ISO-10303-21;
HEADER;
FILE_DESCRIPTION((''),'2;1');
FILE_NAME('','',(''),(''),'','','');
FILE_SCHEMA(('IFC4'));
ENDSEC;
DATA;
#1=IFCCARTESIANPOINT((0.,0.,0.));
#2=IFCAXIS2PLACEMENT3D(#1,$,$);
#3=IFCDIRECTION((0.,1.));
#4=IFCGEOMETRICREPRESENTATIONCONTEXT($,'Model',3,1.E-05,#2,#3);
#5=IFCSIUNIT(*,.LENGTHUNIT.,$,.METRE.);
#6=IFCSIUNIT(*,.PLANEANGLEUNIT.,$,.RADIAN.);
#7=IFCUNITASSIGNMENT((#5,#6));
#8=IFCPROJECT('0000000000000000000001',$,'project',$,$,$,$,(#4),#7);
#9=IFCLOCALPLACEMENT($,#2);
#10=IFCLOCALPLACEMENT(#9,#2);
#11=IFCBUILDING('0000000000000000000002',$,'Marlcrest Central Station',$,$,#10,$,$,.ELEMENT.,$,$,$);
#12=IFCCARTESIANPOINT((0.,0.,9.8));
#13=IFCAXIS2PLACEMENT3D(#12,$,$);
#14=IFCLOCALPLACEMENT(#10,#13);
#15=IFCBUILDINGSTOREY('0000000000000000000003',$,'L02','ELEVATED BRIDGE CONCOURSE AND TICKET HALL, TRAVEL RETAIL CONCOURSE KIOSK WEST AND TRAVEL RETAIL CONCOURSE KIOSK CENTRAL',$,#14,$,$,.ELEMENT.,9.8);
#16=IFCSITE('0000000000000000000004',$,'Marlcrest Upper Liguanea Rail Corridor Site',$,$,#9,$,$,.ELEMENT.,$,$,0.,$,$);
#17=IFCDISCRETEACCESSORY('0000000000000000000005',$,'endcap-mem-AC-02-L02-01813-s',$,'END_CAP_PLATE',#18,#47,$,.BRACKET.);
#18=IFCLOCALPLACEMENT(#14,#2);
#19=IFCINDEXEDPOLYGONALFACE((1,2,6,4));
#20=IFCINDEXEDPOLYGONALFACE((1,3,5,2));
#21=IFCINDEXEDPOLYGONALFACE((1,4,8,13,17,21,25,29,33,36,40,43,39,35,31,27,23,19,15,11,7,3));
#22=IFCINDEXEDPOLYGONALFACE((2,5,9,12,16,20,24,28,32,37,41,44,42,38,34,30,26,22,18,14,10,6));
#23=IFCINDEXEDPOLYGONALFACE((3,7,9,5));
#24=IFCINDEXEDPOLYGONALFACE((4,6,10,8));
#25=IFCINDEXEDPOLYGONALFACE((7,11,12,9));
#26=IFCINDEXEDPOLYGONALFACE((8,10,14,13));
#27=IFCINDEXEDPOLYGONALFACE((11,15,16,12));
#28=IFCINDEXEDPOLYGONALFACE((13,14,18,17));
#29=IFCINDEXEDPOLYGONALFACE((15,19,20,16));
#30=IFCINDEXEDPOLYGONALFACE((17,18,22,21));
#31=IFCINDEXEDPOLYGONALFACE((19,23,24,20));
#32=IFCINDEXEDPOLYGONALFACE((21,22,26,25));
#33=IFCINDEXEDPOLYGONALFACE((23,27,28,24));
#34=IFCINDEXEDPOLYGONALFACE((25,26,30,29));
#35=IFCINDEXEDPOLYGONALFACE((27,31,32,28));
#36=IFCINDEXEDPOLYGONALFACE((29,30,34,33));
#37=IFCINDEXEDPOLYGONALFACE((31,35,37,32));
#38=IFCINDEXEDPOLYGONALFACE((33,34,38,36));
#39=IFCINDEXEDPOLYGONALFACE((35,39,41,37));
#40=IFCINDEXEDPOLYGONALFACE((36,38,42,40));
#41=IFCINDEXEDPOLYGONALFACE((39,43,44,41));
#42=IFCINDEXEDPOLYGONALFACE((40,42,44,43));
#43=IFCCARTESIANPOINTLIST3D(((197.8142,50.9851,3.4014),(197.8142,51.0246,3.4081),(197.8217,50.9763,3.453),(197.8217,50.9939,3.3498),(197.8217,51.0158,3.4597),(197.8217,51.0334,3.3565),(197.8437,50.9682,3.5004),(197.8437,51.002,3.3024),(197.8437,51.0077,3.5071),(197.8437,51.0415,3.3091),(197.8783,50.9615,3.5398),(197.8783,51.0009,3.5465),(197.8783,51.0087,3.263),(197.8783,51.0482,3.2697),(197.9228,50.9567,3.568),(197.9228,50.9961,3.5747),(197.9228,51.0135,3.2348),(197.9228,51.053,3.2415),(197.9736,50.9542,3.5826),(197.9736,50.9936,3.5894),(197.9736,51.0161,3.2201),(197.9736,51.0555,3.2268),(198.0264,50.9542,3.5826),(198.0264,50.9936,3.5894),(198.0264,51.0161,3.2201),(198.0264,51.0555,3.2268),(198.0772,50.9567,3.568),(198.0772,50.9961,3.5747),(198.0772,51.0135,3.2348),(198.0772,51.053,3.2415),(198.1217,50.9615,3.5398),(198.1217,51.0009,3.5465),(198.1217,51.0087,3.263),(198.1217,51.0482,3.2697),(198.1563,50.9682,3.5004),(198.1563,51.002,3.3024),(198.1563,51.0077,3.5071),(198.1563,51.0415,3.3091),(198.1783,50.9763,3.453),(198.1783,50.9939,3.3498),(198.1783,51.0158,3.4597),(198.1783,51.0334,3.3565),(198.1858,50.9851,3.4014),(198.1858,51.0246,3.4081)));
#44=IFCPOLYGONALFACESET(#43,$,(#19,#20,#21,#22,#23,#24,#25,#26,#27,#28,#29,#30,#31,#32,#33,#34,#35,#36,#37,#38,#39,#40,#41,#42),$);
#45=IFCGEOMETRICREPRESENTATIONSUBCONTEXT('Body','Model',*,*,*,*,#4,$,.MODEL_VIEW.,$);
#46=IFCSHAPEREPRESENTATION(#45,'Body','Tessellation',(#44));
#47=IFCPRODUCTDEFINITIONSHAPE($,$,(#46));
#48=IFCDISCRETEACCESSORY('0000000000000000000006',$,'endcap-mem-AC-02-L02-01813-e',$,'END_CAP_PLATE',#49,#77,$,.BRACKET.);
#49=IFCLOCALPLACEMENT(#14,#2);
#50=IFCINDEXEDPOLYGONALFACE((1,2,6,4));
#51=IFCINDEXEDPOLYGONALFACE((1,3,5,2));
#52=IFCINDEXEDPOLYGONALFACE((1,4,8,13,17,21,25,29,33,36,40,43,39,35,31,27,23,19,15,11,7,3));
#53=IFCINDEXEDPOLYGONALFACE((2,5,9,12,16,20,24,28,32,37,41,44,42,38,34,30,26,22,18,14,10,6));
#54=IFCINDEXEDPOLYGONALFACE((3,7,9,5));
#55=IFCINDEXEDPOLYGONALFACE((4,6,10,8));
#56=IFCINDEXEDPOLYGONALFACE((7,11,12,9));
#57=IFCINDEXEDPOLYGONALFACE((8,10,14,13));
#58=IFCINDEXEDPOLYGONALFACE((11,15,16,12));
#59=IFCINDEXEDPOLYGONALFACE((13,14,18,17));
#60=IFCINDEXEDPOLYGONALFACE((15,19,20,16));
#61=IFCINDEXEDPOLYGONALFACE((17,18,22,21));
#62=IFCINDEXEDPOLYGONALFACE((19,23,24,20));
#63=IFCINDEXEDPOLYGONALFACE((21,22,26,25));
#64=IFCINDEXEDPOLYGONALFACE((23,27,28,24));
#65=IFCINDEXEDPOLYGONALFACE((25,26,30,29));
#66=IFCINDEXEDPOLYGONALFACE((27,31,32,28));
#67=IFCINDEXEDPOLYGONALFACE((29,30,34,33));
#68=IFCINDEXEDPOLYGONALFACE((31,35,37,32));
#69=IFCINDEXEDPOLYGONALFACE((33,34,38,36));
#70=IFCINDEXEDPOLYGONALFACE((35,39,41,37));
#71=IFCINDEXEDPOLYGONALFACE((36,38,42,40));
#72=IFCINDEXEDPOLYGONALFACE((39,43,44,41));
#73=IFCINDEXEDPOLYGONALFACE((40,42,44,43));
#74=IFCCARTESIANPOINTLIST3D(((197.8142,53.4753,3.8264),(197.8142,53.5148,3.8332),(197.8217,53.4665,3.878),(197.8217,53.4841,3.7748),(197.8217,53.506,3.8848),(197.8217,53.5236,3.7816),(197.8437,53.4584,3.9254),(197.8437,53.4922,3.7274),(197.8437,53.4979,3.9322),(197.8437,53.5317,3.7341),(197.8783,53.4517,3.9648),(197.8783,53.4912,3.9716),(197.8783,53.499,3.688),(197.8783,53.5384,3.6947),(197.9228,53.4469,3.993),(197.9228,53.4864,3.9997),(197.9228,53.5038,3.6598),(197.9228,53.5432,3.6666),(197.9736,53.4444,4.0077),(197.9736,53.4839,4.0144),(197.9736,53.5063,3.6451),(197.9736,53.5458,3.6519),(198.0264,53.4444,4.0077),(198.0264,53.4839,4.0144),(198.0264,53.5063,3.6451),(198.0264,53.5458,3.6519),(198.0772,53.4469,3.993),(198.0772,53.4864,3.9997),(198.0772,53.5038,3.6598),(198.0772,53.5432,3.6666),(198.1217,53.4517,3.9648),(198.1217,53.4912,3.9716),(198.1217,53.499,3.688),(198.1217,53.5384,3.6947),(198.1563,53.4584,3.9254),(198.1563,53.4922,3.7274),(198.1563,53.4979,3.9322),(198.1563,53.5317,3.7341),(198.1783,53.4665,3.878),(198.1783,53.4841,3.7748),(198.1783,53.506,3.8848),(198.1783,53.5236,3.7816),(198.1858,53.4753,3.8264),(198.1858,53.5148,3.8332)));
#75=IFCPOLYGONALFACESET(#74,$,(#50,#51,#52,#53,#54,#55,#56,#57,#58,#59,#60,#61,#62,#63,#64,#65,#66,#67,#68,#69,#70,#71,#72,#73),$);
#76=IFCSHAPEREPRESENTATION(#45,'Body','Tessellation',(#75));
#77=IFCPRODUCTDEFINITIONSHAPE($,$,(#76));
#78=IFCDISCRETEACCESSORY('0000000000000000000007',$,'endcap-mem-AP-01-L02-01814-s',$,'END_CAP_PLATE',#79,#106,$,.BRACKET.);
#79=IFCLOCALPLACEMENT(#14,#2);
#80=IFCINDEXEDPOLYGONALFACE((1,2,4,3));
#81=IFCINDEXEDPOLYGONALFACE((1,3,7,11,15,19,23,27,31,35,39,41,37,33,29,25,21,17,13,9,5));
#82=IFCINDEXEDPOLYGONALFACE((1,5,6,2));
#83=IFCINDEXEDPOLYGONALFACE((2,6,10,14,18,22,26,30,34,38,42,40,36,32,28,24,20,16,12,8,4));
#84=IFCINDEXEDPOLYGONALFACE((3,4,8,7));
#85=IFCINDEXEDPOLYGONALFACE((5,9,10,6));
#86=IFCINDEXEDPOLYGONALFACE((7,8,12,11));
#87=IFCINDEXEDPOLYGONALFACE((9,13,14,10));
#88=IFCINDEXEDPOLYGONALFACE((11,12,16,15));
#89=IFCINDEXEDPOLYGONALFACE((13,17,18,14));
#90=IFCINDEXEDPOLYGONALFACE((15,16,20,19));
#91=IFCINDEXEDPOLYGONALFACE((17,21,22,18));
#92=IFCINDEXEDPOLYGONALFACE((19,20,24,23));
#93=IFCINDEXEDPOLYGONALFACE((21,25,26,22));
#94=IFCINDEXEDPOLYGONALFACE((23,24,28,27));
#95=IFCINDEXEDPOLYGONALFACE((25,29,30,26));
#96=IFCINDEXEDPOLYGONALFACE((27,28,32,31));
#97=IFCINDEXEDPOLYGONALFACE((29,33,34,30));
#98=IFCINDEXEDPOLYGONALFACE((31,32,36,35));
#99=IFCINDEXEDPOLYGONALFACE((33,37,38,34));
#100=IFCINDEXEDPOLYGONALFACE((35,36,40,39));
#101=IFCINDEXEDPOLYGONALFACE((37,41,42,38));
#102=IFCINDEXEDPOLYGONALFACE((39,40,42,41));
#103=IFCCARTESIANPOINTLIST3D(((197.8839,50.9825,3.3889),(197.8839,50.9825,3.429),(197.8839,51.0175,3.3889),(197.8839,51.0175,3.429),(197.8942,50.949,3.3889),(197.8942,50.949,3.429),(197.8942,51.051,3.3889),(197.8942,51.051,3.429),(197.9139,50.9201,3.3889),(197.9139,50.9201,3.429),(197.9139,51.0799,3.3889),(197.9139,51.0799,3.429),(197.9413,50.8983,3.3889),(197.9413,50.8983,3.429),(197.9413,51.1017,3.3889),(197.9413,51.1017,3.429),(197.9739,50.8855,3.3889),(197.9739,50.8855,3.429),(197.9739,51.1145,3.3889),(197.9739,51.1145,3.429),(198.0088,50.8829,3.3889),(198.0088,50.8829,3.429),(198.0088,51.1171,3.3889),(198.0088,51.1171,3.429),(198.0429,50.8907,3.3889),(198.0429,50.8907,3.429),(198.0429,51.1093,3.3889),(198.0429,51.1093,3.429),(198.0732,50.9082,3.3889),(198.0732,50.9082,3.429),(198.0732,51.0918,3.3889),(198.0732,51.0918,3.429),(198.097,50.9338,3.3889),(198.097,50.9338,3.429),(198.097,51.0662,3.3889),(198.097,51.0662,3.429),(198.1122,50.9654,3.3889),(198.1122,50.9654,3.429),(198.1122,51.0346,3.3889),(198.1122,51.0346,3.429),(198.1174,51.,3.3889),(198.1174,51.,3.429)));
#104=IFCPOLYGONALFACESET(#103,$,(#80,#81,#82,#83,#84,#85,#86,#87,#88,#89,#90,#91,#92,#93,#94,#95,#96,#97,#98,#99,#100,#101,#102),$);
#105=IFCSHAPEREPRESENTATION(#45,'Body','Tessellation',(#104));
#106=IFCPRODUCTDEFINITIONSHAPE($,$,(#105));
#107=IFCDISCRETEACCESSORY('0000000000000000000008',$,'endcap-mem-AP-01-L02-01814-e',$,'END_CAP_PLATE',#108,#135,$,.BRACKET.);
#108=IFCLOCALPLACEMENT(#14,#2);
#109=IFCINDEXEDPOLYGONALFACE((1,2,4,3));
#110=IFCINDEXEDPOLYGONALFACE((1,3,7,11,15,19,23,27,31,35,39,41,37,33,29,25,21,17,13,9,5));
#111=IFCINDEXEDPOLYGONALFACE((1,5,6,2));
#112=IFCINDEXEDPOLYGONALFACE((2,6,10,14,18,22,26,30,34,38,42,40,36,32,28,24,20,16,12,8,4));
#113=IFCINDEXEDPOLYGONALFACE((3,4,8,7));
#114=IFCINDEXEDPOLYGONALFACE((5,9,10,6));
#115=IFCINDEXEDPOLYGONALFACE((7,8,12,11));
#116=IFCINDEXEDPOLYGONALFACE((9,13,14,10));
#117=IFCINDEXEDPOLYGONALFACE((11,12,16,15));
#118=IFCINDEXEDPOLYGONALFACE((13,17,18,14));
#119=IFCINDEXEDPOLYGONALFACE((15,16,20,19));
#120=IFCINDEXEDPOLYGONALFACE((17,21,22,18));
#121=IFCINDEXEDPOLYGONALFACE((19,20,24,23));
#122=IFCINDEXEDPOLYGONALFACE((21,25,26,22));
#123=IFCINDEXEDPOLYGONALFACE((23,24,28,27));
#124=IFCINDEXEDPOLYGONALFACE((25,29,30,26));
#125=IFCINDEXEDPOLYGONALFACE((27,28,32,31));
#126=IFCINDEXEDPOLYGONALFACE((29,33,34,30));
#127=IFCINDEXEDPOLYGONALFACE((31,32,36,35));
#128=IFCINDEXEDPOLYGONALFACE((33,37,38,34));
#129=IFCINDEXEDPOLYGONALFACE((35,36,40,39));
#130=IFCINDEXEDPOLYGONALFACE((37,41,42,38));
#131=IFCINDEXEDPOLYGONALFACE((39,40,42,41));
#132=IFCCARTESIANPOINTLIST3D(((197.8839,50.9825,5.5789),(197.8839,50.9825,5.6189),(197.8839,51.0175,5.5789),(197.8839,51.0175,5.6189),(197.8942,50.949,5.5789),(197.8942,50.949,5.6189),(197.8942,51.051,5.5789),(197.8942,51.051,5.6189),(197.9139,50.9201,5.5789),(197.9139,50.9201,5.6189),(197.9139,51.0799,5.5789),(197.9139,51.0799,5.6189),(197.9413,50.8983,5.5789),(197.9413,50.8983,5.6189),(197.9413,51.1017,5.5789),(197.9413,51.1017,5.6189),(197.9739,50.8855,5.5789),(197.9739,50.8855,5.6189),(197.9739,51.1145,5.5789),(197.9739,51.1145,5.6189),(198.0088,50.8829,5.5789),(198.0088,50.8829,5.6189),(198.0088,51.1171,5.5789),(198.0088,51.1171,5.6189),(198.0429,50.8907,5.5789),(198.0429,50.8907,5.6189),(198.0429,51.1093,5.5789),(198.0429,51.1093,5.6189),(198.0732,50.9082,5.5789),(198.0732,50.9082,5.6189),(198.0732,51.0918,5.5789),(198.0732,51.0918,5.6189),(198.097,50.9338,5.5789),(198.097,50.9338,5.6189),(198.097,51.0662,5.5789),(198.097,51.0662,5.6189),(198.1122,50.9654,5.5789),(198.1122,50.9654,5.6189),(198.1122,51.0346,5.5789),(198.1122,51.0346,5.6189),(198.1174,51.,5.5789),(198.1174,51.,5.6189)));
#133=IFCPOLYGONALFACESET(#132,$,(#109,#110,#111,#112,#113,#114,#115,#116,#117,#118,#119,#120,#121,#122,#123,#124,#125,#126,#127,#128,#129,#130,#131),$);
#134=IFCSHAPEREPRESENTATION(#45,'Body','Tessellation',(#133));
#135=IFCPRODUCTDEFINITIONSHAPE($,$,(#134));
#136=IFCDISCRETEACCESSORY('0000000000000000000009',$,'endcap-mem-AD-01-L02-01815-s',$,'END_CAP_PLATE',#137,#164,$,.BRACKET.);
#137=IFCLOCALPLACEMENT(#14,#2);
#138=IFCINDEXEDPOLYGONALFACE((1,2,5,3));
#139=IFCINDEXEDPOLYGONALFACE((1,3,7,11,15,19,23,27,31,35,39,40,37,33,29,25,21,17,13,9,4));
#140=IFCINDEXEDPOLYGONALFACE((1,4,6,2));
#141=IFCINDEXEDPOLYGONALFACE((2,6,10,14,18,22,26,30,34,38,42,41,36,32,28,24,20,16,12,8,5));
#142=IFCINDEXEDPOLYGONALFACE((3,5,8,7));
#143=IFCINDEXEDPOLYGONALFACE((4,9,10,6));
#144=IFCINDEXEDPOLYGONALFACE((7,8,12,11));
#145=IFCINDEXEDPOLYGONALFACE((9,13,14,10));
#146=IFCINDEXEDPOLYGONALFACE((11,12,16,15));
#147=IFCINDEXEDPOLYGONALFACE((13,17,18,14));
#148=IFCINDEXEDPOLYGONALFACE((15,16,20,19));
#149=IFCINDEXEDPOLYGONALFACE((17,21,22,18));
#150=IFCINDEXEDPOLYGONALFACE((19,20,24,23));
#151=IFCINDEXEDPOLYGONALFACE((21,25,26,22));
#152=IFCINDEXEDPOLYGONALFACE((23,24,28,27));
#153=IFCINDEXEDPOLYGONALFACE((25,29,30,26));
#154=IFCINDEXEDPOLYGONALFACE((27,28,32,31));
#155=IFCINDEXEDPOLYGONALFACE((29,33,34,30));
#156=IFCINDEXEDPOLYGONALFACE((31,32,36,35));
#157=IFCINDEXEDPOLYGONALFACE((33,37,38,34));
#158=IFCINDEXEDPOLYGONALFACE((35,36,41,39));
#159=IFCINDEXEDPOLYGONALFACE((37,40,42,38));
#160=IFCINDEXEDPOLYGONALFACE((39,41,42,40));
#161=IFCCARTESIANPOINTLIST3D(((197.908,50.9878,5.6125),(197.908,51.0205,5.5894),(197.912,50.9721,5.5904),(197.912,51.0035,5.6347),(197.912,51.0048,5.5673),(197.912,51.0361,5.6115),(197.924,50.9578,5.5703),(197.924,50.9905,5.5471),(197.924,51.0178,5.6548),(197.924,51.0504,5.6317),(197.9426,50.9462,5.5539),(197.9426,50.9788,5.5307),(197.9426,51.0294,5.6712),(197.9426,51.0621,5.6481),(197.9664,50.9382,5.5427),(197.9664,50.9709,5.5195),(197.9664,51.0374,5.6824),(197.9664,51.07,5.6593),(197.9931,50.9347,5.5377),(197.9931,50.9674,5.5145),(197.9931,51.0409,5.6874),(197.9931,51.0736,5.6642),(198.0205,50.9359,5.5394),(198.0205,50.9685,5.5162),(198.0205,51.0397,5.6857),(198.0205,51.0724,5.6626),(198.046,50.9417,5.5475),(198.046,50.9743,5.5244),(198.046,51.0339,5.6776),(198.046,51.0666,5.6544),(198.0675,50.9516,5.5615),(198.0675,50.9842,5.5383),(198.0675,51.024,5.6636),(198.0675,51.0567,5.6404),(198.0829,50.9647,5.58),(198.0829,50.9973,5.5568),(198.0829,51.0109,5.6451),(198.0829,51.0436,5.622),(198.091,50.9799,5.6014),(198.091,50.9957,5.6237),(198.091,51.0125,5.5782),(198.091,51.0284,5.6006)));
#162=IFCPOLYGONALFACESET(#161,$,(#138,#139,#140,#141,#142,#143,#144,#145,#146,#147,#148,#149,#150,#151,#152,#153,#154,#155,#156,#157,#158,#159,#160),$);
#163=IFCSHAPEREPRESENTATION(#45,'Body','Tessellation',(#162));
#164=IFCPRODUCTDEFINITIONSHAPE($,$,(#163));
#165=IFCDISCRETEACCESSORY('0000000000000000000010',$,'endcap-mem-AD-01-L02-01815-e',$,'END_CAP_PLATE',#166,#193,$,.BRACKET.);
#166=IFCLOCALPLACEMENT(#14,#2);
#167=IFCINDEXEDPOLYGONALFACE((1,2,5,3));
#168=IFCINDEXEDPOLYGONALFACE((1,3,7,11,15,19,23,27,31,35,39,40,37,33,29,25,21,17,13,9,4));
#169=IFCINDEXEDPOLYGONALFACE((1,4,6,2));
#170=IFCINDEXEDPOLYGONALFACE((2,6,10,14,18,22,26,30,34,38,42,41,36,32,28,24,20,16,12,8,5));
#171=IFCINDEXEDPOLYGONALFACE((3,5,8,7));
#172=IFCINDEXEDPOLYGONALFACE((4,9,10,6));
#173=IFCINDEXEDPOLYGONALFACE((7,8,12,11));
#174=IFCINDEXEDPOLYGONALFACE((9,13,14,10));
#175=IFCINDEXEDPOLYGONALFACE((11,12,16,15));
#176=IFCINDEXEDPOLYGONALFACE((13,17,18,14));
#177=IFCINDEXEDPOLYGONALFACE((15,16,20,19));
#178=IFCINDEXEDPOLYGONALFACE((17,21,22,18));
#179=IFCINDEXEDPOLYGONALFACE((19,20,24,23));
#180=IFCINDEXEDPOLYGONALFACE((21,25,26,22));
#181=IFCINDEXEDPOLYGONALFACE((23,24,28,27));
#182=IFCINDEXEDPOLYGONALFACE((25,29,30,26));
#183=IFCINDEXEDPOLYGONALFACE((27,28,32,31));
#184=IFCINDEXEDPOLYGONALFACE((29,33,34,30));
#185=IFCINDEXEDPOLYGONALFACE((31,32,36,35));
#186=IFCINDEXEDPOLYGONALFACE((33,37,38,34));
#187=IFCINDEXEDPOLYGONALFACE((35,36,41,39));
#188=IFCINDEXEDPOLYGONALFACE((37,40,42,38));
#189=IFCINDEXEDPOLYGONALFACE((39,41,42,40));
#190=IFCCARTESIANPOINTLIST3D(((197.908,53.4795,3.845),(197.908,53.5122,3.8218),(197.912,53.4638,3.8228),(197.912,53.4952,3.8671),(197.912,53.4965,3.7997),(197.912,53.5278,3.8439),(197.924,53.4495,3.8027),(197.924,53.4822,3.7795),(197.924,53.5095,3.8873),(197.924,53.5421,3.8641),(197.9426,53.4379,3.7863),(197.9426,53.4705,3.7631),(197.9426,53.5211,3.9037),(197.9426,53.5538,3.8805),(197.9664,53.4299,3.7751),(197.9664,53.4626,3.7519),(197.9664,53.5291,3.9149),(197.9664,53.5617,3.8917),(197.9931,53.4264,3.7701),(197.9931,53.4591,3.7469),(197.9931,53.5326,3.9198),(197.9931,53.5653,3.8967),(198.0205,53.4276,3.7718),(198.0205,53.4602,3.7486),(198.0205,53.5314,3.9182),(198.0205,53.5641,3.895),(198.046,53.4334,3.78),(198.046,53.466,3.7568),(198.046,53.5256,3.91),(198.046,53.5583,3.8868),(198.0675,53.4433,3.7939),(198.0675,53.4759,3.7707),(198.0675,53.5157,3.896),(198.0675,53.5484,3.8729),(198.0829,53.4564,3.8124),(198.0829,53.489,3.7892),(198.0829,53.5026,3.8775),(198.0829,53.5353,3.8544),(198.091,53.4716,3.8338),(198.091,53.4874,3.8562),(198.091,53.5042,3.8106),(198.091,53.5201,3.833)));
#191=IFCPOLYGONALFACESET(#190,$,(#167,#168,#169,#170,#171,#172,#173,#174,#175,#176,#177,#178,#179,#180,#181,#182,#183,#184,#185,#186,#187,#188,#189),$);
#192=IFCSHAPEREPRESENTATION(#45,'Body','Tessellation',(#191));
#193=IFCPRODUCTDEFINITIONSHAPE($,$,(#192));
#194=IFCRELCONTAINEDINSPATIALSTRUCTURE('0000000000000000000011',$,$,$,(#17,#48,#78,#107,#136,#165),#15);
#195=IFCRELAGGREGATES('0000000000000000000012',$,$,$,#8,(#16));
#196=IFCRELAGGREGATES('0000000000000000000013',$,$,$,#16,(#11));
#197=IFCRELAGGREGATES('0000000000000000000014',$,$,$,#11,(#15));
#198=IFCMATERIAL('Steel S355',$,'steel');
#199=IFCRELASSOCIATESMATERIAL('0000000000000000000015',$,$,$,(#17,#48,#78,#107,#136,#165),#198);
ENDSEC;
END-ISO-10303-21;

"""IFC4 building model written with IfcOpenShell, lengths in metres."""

from ifc_helpers import new_model, si_unit, direction, frame, origin, origin_2d, place, context, subcontext, project, spatial, circle, extrude, material, element, save


model = new_model("IFC4")

# Units and contexts
model_context = context("Model", 3, precision=1e-05, world=origin(), true_north=direction((0.0, 1.0)))
body_context = subcontext(model_context, "Body", "Model", "MODEL_VIEW")
ifc_project = project(units=[si_unit("LENGTHUNIT", "METRE"), si_unit("PLANEANGLEUNIT", "RADIAN")], contexts=[model_context])

# Site, building, storey
site_placement = place(None, origin())
site = spatial("IfcSite", under=ifc_project, at=site_placement, Name="Marlcrest Upper Liguanea Rail Corridor Site", CompositionType="ELEMENT", RefElevation=0.0)
building_placement = place(site_placement, origin())
building = spatial("IfcBuilding", under=site, at=building_placement, Name="Marlcrest Central Station", CompositionType="ELEMENT")
storey_placement = place(building_placement, frame((0.0, 0.0, 9.8)))
storey = spatial("IfcBuildingStorey", under=building, at=storey_placement, Name="L02", Description="ELEVATED BRIDGE CONCOURSE AND TICKET HALL, TRAVEL RETAIL CONCOURSE KIOSK WEST AND TRAVEL RETAIL CONCOURSE KIOSK CENTRAL", CompositionType="ELEMENT", Elevation=9.8)

# Shared definitions
ifc_material = material(Name="Steel S355", Category="steel")

# Discrete accessories
for number, where, z_axis, x_axis, name in (
    (1, (198.0, 50.9851, 3.4014), (0.0, 0.985741, 0.168269), (-1.0, 0.0, 0.0), "endcap-mem-AC-02-L02-01813-s"),
    (2, (198.0, 53.4753, 3.8264), (0.0, 0.985741, 0.168269), (-1.0, 0.0, 0.0), "endcap-mem-AC-02-L02-01813-e"),
):
    element("IfcDiscreteAccessory", number, at=place(storey_placement, frame(where, z_axis=z_axis, x_axis=x_axis)), inside=storey, material=ifc_material, Name=name, ObjectType="END_CAP_PLATE", PredefinedType="BRACKET", context=body_context, shape_type="SweptSolid", body=[
        extrude(circle(Radius=0.1858, at=origin_2d()), origin(), (0.0, 0.0, 1.0), 0.04),
    ])
for number, where, z_axis, x_axis, name in (
    (3, (198.0, 51.0, 3.3889), (0.0, 0.0, 1.0), (1.0, 0.0, 0.0), "endcap-mem-AP-01-L02-01814-s"),
    (4, (198.0, 51.0, 5.5789), (0.0, 0.0, 1.0), (1.0, 0.0, 0.0), "endcap-mem-AP-01-L02-01814-e"),
):
    element("IfcDiscreteAccessory", number, at=place(storey_placement, frame(where, z_axis=z_axis, x_axis=x_axis)), inside=storey, material=ifc_material, Name=name, ObjectType="END_CAP_PLATE", PredefinedType="BRACKET", context=body_context, shape_type="SweptSolid", body=[
        extrude(circle(Radius=0.1174, at=origin_2d()), origin(), (0.0, 0.0, 1.0), 0.04),
    ])
for number, where, z_axis, x_axis, name in (
    (5, (198.0, 50.9878, 5.6125), (0.0, 0.815661, -0.57853), (-1.0, 0.0, 0.0), "endcap-mem-AD-01-L02-01815-s"),
    (6, (198.0, 53.4795, 3.845), (0.0, 0.815661, -0.57853), (-1.0, 0.0, 0.0), "endcap-mem-AD-01-L02-01815-e"),
):
    element("IfcDiscreteAccessory", number, at=place(storey_placement, frame(where, z_axis=z_axis, x_axis=x_axis)), inside=storey, material=ifc_material, Name=name, ObjectType="END_CAP_PLATE", PredefinedType="BRACKET", context=body_context, shape_type="SweptSolid", body=[
        extrude(circle(Radius=0.092, at=origin_2d()), origin(), (0.0, 0.0, 1.0), 0.04),
    ])

save(model, "model.ifc")
